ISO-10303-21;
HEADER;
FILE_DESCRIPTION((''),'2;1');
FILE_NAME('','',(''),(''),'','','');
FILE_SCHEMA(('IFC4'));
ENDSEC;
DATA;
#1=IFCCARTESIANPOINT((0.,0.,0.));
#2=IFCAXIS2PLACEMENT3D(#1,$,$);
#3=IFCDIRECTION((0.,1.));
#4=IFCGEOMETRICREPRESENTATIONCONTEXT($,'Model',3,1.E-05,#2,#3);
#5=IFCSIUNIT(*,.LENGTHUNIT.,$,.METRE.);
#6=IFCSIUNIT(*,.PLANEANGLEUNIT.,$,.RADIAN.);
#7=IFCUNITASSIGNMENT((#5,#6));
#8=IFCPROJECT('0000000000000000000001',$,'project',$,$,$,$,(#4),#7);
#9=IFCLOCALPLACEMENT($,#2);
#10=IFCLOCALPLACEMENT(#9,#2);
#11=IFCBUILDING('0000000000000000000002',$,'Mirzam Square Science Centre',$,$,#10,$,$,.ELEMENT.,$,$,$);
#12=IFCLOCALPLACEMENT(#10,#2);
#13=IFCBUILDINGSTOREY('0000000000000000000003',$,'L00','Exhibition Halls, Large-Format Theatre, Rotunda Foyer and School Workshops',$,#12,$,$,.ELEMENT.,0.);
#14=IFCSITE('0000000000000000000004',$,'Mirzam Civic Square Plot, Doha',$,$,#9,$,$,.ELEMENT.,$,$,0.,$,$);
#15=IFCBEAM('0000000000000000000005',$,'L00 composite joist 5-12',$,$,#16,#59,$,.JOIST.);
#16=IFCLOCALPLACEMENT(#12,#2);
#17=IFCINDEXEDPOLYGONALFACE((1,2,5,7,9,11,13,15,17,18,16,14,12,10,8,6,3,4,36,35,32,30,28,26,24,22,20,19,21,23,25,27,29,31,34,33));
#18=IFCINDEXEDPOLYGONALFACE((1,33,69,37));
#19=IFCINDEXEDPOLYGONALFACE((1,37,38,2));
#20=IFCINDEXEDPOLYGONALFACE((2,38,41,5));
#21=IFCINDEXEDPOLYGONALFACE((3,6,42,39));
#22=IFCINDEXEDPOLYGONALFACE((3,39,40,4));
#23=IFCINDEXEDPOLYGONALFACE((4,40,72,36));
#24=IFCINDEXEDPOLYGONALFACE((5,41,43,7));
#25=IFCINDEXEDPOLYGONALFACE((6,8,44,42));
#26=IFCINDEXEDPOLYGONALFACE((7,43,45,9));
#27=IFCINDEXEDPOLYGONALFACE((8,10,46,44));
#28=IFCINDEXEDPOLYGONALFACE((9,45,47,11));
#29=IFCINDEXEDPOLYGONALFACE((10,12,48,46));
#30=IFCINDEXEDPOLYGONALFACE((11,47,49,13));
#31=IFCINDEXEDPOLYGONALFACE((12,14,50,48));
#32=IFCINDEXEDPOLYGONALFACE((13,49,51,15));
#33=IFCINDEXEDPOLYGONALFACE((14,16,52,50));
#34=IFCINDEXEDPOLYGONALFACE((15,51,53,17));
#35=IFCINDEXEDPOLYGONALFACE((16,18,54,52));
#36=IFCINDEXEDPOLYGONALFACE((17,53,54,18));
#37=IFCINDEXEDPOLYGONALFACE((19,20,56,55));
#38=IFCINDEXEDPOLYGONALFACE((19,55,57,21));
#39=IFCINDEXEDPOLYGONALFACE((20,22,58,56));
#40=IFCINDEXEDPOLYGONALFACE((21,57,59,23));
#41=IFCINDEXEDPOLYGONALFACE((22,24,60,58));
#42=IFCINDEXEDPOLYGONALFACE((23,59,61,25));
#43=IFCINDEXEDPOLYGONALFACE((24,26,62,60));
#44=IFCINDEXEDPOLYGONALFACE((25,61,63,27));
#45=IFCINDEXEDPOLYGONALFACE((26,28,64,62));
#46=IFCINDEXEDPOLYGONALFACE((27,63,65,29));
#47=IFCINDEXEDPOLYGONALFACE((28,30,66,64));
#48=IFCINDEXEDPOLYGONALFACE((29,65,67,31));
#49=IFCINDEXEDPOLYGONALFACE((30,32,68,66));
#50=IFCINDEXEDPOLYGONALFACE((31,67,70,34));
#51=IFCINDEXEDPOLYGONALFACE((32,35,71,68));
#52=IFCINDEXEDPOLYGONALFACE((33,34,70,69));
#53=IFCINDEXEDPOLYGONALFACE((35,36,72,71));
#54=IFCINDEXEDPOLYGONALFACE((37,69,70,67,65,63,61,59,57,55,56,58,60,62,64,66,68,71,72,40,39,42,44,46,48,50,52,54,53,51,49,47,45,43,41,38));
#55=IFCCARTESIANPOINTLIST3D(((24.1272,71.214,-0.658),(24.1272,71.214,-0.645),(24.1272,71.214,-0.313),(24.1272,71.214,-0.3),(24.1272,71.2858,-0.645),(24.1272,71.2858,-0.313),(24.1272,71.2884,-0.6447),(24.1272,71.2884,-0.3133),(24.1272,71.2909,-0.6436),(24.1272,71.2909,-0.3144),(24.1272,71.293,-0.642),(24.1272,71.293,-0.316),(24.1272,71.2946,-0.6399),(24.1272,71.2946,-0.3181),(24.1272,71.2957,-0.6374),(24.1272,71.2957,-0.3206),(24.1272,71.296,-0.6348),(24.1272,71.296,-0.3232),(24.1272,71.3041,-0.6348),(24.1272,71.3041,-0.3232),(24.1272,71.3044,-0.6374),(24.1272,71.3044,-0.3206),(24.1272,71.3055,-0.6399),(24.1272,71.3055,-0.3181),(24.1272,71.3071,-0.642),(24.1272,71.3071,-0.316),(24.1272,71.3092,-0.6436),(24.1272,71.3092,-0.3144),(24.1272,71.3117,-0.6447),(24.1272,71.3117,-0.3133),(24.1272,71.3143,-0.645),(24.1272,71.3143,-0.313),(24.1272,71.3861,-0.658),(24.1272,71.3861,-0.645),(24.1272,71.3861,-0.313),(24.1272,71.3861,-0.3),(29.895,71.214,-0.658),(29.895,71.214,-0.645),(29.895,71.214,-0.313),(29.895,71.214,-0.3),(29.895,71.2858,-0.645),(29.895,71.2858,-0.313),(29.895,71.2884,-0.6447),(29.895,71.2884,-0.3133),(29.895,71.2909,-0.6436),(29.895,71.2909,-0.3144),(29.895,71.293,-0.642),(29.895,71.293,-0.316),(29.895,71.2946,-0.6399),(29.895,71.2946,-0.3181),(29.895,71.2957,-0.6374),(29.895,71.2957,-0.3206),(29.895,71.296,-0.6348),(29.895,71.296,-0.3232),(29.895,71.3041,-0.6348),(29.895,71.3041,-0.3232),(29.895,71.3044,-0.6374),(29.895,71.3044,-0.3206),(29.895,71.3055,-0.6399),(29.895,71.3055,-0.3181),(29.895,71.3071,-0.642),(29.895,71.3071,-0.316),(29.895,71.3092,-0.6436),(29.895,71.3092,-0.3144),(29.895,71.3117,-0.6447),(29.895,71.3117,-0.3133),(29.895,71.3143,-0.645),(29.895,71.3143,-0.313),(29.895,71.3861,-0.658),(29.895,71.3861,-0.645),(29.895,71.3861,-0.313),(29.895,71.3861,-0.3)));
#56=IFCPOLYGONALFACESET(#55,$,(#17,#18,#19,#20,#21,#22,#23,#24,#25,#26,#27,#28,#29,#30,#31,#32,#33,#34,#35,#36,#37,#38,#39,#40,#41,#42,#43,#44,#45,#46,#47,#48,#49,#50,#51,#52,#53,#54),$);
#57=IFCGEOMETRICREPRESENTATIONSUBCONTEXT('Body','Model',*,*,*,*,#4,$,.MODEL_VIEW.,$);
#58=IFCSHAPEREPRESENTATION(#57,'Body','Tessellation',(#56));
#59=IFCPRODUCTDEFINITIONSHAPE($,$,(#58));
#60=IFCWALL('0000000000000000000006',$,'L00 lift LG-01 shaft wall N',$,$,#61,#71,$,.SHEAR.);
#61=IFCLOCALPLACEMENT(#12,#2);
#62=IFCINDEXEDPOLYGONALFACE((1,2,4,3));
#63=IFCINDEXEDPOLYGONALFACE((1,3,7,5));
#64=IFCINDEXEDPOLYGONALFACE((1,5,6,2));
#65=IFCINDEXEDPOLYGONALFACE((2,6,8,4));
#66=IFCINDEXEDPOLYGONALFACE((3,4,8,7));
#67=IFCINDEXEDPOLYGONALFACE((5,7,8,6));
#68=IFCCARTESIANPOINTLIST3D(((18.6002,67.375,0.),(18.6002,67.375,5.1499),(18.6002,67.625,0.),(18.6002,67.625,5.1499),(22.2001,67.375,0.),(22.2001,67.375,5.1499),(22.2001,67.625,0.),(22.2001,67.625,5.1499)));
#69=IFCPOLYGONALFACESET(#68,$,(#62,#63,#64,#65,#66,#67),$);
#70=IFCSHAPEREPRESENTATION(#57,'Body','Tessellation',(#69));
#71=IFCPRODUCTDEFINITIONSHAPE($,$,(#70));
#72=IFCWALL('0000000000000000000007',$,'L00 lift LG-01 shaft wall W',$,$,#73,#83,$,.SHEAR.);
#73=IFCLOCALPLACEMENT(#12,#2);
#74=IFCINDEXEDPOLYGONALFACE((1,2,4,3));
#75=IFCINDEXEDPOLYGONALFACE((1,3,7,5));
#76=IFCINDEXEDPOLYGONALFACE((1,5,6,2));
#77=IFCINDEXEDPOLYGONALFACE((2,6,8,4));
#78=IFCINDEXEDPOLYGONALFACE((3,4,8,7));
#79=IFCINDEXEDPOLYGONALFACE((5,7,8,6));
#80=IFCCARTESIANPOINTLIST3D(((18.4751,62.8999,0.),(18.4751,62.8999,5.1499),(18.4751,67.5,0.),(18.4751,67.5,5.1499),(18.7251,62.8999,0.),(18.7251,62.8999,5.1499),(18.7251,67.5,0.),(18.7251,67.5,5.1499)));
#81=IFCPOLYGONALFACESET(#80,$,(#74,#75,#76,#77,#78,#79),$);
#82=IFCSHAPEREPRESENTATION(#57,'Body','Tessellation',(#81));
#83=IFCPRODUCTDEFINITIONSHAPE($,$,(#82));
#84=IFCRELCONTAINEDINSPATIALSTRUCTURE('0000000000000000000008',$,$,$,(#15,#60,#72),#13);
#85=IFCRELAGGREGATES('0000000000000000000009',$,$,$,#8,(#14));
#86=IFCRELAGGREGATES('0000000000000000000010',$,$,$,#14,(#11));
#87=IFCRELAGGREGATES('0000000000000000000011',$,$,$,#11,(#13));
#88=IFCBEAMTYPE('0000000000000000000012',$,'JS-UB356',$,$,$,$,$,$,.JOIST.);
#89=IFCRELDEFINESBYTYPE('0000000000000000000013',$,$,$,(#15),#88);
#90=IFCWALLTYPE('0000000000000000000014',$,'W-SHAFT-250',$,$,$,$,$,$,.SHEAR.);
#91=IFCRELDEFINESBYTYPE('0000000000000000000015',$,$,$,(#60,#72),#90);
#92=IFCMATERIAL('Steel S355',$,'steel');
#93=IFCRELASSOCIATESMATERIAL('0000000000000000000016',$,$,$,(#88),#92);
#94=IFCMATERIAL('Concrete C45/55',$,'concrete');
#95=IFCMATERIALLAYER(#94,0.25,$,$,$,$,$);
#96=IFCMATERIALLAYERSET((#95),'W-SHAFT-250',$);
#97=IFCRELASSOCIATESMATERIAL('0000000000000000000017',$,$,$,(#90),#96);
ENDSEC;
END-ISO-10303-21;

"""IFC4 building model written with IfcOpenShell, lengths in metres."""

from ifc_helpers import new_model, si_unit, direction, frame, frame_2d, origin, origin_2d, place, context, subcontext, project, spatial, rectangle, i_section, extrude, material, layer, layer_set, material_profile, profile_set, type_object, element, save


model = new_model("IFC4")

# Units and contexts
model_context = context("Model", 3, precision=1e-05, world=origin(), true_north=direction((0.0, 1.0)))
body_context = subcontext(model_context, "Body", "Model", "MODEL_VIEW")
ifc_project = project(units=[si_unit("LENGTHUNIT", "METRE"), si_unit("PLANEANGLEUNIT", "RADIAN")], contexts=[model_context])

# Site, building, storey
site_placement = place(None, origin())
site = spatial("IfcSite", under=ifc_project, at=site_placement, Name="Mirzam Civic Square Plot, Doha", CompositionType="ELEMENT", RefElevation=0.0)
building_placement = place(site_placement, origin())
building = spatial("IfcBuilding", under=site, at=building_placement, Name="Mirzam Square Science Centre", CompositionType="ELEMENT")
storey_placement = place(building_placement, origin())
storey = spatial("IfcBuildingStorey", under=building, at=storey_placement, Name="L00", Description="Exhibition Halls, Large-Format Theatre, Rotunda Foyer and School Workshops", CompositionType="ELEMENT", Elevation=0.0)

# Shared definitions
ifc_material_1 = material(Name="Concrete C45/55", Category="concrete")

# Shared definitions
ifc_material_2 = material(Name="Steel S355", Category="steel")

# Beam
ifc_material_profile_1 = material_profile(ifc_material_2, i_section(OverallWidth=0.1721, OverallDepth=0.3579, WebThickness=0.0081, FlangeThickness=0.0129, FilletRadius=0.0103, at=origin_2d()), Name="356x171x57UB")
ifc_profile_set_1 = profile_set([ifc_material_profile_1], Name="Steel S355")
beam_type_1 = type_object("IfcBeamType", Name="JS-UB356", PredefinedType="JOIST", material=ifc_profile_set_1)
beam_1_placement = place(storey_placement, frame((24.1272, 71.3, -0.479), z_axis=(1.0, 0.0, 0.0), x_axis=(0.0, 1.0, 0.0)))
element("IfcBeam", 1, at=beam_1_placement, inside=storey, type_object=beam_type_1, Name="L00 composite joist 5-12", PredefinedType="JOIST", context=body_context, shape_type="SweptSolid", body=[
    extrude(i_section(OverallWidth=0.1721, OverallDepth=0.3579, WebThickness=0.0081, FlangeThickness=0.0129, FilletRadius=0.0103, at=origin_2d()), origin(), (0.0, 0.0, 1.0), 5.7678),
])

# Walls
ifc_layer_1 = layer(ifc_material_1, 0.25)
ifc_layer_set_1 = layer_set([ifc_layer_1], Name="W-SHAFT-250")
wall_type = type_object("IfcWallType", Name="W-SHAFT-250", PredefinedType="SHEAR", material=ifc_layer_set_1)
wall_1_placement = place(storey_placement, frame((22.2, 67.5, 0.0), z_axis=(0.0, 0.0, 1.0), x_axis=(-1.0, 0.0, 0.0)))
element("IfcWall", 2, at=wall_1_placement, inside=storey, type_object=wall_type, Name="L00 lift LG-01 shaft wall N", PredefinedType="SHEAR", context=body_context, shape_type="SweptSolid", body=[
    extrude(rectangle(XDim=3.5999, YDim=0.25, at=frame_2d((1.7998, 0.0))), origin(), (0.0, 0.0, 1.0), 5.1499),
])
wall_2_placement = place(storey_placement, frame((18.6001, 67.5, 0.0), z_axis=(0.0, 0.0, 1.0), x_axis=(0.0, -1.0, 0.0)))
element("IfcWall", 3, at=wall_2_placement, inside=storey, type_object=wall_type, Name="L00 lift LG-01 shaft wall W", PredefinedType="SHEAR", context=body_context, shape_type="SweptSolid", body=[
    extrude(rectangle(XDim=4.6001, YDim=0.25, at=frame_2d((2.3, 0.0))), origin(), (0.0, 0.0, 1.0), 5.1499),
])

save(model, "model.ifc")
